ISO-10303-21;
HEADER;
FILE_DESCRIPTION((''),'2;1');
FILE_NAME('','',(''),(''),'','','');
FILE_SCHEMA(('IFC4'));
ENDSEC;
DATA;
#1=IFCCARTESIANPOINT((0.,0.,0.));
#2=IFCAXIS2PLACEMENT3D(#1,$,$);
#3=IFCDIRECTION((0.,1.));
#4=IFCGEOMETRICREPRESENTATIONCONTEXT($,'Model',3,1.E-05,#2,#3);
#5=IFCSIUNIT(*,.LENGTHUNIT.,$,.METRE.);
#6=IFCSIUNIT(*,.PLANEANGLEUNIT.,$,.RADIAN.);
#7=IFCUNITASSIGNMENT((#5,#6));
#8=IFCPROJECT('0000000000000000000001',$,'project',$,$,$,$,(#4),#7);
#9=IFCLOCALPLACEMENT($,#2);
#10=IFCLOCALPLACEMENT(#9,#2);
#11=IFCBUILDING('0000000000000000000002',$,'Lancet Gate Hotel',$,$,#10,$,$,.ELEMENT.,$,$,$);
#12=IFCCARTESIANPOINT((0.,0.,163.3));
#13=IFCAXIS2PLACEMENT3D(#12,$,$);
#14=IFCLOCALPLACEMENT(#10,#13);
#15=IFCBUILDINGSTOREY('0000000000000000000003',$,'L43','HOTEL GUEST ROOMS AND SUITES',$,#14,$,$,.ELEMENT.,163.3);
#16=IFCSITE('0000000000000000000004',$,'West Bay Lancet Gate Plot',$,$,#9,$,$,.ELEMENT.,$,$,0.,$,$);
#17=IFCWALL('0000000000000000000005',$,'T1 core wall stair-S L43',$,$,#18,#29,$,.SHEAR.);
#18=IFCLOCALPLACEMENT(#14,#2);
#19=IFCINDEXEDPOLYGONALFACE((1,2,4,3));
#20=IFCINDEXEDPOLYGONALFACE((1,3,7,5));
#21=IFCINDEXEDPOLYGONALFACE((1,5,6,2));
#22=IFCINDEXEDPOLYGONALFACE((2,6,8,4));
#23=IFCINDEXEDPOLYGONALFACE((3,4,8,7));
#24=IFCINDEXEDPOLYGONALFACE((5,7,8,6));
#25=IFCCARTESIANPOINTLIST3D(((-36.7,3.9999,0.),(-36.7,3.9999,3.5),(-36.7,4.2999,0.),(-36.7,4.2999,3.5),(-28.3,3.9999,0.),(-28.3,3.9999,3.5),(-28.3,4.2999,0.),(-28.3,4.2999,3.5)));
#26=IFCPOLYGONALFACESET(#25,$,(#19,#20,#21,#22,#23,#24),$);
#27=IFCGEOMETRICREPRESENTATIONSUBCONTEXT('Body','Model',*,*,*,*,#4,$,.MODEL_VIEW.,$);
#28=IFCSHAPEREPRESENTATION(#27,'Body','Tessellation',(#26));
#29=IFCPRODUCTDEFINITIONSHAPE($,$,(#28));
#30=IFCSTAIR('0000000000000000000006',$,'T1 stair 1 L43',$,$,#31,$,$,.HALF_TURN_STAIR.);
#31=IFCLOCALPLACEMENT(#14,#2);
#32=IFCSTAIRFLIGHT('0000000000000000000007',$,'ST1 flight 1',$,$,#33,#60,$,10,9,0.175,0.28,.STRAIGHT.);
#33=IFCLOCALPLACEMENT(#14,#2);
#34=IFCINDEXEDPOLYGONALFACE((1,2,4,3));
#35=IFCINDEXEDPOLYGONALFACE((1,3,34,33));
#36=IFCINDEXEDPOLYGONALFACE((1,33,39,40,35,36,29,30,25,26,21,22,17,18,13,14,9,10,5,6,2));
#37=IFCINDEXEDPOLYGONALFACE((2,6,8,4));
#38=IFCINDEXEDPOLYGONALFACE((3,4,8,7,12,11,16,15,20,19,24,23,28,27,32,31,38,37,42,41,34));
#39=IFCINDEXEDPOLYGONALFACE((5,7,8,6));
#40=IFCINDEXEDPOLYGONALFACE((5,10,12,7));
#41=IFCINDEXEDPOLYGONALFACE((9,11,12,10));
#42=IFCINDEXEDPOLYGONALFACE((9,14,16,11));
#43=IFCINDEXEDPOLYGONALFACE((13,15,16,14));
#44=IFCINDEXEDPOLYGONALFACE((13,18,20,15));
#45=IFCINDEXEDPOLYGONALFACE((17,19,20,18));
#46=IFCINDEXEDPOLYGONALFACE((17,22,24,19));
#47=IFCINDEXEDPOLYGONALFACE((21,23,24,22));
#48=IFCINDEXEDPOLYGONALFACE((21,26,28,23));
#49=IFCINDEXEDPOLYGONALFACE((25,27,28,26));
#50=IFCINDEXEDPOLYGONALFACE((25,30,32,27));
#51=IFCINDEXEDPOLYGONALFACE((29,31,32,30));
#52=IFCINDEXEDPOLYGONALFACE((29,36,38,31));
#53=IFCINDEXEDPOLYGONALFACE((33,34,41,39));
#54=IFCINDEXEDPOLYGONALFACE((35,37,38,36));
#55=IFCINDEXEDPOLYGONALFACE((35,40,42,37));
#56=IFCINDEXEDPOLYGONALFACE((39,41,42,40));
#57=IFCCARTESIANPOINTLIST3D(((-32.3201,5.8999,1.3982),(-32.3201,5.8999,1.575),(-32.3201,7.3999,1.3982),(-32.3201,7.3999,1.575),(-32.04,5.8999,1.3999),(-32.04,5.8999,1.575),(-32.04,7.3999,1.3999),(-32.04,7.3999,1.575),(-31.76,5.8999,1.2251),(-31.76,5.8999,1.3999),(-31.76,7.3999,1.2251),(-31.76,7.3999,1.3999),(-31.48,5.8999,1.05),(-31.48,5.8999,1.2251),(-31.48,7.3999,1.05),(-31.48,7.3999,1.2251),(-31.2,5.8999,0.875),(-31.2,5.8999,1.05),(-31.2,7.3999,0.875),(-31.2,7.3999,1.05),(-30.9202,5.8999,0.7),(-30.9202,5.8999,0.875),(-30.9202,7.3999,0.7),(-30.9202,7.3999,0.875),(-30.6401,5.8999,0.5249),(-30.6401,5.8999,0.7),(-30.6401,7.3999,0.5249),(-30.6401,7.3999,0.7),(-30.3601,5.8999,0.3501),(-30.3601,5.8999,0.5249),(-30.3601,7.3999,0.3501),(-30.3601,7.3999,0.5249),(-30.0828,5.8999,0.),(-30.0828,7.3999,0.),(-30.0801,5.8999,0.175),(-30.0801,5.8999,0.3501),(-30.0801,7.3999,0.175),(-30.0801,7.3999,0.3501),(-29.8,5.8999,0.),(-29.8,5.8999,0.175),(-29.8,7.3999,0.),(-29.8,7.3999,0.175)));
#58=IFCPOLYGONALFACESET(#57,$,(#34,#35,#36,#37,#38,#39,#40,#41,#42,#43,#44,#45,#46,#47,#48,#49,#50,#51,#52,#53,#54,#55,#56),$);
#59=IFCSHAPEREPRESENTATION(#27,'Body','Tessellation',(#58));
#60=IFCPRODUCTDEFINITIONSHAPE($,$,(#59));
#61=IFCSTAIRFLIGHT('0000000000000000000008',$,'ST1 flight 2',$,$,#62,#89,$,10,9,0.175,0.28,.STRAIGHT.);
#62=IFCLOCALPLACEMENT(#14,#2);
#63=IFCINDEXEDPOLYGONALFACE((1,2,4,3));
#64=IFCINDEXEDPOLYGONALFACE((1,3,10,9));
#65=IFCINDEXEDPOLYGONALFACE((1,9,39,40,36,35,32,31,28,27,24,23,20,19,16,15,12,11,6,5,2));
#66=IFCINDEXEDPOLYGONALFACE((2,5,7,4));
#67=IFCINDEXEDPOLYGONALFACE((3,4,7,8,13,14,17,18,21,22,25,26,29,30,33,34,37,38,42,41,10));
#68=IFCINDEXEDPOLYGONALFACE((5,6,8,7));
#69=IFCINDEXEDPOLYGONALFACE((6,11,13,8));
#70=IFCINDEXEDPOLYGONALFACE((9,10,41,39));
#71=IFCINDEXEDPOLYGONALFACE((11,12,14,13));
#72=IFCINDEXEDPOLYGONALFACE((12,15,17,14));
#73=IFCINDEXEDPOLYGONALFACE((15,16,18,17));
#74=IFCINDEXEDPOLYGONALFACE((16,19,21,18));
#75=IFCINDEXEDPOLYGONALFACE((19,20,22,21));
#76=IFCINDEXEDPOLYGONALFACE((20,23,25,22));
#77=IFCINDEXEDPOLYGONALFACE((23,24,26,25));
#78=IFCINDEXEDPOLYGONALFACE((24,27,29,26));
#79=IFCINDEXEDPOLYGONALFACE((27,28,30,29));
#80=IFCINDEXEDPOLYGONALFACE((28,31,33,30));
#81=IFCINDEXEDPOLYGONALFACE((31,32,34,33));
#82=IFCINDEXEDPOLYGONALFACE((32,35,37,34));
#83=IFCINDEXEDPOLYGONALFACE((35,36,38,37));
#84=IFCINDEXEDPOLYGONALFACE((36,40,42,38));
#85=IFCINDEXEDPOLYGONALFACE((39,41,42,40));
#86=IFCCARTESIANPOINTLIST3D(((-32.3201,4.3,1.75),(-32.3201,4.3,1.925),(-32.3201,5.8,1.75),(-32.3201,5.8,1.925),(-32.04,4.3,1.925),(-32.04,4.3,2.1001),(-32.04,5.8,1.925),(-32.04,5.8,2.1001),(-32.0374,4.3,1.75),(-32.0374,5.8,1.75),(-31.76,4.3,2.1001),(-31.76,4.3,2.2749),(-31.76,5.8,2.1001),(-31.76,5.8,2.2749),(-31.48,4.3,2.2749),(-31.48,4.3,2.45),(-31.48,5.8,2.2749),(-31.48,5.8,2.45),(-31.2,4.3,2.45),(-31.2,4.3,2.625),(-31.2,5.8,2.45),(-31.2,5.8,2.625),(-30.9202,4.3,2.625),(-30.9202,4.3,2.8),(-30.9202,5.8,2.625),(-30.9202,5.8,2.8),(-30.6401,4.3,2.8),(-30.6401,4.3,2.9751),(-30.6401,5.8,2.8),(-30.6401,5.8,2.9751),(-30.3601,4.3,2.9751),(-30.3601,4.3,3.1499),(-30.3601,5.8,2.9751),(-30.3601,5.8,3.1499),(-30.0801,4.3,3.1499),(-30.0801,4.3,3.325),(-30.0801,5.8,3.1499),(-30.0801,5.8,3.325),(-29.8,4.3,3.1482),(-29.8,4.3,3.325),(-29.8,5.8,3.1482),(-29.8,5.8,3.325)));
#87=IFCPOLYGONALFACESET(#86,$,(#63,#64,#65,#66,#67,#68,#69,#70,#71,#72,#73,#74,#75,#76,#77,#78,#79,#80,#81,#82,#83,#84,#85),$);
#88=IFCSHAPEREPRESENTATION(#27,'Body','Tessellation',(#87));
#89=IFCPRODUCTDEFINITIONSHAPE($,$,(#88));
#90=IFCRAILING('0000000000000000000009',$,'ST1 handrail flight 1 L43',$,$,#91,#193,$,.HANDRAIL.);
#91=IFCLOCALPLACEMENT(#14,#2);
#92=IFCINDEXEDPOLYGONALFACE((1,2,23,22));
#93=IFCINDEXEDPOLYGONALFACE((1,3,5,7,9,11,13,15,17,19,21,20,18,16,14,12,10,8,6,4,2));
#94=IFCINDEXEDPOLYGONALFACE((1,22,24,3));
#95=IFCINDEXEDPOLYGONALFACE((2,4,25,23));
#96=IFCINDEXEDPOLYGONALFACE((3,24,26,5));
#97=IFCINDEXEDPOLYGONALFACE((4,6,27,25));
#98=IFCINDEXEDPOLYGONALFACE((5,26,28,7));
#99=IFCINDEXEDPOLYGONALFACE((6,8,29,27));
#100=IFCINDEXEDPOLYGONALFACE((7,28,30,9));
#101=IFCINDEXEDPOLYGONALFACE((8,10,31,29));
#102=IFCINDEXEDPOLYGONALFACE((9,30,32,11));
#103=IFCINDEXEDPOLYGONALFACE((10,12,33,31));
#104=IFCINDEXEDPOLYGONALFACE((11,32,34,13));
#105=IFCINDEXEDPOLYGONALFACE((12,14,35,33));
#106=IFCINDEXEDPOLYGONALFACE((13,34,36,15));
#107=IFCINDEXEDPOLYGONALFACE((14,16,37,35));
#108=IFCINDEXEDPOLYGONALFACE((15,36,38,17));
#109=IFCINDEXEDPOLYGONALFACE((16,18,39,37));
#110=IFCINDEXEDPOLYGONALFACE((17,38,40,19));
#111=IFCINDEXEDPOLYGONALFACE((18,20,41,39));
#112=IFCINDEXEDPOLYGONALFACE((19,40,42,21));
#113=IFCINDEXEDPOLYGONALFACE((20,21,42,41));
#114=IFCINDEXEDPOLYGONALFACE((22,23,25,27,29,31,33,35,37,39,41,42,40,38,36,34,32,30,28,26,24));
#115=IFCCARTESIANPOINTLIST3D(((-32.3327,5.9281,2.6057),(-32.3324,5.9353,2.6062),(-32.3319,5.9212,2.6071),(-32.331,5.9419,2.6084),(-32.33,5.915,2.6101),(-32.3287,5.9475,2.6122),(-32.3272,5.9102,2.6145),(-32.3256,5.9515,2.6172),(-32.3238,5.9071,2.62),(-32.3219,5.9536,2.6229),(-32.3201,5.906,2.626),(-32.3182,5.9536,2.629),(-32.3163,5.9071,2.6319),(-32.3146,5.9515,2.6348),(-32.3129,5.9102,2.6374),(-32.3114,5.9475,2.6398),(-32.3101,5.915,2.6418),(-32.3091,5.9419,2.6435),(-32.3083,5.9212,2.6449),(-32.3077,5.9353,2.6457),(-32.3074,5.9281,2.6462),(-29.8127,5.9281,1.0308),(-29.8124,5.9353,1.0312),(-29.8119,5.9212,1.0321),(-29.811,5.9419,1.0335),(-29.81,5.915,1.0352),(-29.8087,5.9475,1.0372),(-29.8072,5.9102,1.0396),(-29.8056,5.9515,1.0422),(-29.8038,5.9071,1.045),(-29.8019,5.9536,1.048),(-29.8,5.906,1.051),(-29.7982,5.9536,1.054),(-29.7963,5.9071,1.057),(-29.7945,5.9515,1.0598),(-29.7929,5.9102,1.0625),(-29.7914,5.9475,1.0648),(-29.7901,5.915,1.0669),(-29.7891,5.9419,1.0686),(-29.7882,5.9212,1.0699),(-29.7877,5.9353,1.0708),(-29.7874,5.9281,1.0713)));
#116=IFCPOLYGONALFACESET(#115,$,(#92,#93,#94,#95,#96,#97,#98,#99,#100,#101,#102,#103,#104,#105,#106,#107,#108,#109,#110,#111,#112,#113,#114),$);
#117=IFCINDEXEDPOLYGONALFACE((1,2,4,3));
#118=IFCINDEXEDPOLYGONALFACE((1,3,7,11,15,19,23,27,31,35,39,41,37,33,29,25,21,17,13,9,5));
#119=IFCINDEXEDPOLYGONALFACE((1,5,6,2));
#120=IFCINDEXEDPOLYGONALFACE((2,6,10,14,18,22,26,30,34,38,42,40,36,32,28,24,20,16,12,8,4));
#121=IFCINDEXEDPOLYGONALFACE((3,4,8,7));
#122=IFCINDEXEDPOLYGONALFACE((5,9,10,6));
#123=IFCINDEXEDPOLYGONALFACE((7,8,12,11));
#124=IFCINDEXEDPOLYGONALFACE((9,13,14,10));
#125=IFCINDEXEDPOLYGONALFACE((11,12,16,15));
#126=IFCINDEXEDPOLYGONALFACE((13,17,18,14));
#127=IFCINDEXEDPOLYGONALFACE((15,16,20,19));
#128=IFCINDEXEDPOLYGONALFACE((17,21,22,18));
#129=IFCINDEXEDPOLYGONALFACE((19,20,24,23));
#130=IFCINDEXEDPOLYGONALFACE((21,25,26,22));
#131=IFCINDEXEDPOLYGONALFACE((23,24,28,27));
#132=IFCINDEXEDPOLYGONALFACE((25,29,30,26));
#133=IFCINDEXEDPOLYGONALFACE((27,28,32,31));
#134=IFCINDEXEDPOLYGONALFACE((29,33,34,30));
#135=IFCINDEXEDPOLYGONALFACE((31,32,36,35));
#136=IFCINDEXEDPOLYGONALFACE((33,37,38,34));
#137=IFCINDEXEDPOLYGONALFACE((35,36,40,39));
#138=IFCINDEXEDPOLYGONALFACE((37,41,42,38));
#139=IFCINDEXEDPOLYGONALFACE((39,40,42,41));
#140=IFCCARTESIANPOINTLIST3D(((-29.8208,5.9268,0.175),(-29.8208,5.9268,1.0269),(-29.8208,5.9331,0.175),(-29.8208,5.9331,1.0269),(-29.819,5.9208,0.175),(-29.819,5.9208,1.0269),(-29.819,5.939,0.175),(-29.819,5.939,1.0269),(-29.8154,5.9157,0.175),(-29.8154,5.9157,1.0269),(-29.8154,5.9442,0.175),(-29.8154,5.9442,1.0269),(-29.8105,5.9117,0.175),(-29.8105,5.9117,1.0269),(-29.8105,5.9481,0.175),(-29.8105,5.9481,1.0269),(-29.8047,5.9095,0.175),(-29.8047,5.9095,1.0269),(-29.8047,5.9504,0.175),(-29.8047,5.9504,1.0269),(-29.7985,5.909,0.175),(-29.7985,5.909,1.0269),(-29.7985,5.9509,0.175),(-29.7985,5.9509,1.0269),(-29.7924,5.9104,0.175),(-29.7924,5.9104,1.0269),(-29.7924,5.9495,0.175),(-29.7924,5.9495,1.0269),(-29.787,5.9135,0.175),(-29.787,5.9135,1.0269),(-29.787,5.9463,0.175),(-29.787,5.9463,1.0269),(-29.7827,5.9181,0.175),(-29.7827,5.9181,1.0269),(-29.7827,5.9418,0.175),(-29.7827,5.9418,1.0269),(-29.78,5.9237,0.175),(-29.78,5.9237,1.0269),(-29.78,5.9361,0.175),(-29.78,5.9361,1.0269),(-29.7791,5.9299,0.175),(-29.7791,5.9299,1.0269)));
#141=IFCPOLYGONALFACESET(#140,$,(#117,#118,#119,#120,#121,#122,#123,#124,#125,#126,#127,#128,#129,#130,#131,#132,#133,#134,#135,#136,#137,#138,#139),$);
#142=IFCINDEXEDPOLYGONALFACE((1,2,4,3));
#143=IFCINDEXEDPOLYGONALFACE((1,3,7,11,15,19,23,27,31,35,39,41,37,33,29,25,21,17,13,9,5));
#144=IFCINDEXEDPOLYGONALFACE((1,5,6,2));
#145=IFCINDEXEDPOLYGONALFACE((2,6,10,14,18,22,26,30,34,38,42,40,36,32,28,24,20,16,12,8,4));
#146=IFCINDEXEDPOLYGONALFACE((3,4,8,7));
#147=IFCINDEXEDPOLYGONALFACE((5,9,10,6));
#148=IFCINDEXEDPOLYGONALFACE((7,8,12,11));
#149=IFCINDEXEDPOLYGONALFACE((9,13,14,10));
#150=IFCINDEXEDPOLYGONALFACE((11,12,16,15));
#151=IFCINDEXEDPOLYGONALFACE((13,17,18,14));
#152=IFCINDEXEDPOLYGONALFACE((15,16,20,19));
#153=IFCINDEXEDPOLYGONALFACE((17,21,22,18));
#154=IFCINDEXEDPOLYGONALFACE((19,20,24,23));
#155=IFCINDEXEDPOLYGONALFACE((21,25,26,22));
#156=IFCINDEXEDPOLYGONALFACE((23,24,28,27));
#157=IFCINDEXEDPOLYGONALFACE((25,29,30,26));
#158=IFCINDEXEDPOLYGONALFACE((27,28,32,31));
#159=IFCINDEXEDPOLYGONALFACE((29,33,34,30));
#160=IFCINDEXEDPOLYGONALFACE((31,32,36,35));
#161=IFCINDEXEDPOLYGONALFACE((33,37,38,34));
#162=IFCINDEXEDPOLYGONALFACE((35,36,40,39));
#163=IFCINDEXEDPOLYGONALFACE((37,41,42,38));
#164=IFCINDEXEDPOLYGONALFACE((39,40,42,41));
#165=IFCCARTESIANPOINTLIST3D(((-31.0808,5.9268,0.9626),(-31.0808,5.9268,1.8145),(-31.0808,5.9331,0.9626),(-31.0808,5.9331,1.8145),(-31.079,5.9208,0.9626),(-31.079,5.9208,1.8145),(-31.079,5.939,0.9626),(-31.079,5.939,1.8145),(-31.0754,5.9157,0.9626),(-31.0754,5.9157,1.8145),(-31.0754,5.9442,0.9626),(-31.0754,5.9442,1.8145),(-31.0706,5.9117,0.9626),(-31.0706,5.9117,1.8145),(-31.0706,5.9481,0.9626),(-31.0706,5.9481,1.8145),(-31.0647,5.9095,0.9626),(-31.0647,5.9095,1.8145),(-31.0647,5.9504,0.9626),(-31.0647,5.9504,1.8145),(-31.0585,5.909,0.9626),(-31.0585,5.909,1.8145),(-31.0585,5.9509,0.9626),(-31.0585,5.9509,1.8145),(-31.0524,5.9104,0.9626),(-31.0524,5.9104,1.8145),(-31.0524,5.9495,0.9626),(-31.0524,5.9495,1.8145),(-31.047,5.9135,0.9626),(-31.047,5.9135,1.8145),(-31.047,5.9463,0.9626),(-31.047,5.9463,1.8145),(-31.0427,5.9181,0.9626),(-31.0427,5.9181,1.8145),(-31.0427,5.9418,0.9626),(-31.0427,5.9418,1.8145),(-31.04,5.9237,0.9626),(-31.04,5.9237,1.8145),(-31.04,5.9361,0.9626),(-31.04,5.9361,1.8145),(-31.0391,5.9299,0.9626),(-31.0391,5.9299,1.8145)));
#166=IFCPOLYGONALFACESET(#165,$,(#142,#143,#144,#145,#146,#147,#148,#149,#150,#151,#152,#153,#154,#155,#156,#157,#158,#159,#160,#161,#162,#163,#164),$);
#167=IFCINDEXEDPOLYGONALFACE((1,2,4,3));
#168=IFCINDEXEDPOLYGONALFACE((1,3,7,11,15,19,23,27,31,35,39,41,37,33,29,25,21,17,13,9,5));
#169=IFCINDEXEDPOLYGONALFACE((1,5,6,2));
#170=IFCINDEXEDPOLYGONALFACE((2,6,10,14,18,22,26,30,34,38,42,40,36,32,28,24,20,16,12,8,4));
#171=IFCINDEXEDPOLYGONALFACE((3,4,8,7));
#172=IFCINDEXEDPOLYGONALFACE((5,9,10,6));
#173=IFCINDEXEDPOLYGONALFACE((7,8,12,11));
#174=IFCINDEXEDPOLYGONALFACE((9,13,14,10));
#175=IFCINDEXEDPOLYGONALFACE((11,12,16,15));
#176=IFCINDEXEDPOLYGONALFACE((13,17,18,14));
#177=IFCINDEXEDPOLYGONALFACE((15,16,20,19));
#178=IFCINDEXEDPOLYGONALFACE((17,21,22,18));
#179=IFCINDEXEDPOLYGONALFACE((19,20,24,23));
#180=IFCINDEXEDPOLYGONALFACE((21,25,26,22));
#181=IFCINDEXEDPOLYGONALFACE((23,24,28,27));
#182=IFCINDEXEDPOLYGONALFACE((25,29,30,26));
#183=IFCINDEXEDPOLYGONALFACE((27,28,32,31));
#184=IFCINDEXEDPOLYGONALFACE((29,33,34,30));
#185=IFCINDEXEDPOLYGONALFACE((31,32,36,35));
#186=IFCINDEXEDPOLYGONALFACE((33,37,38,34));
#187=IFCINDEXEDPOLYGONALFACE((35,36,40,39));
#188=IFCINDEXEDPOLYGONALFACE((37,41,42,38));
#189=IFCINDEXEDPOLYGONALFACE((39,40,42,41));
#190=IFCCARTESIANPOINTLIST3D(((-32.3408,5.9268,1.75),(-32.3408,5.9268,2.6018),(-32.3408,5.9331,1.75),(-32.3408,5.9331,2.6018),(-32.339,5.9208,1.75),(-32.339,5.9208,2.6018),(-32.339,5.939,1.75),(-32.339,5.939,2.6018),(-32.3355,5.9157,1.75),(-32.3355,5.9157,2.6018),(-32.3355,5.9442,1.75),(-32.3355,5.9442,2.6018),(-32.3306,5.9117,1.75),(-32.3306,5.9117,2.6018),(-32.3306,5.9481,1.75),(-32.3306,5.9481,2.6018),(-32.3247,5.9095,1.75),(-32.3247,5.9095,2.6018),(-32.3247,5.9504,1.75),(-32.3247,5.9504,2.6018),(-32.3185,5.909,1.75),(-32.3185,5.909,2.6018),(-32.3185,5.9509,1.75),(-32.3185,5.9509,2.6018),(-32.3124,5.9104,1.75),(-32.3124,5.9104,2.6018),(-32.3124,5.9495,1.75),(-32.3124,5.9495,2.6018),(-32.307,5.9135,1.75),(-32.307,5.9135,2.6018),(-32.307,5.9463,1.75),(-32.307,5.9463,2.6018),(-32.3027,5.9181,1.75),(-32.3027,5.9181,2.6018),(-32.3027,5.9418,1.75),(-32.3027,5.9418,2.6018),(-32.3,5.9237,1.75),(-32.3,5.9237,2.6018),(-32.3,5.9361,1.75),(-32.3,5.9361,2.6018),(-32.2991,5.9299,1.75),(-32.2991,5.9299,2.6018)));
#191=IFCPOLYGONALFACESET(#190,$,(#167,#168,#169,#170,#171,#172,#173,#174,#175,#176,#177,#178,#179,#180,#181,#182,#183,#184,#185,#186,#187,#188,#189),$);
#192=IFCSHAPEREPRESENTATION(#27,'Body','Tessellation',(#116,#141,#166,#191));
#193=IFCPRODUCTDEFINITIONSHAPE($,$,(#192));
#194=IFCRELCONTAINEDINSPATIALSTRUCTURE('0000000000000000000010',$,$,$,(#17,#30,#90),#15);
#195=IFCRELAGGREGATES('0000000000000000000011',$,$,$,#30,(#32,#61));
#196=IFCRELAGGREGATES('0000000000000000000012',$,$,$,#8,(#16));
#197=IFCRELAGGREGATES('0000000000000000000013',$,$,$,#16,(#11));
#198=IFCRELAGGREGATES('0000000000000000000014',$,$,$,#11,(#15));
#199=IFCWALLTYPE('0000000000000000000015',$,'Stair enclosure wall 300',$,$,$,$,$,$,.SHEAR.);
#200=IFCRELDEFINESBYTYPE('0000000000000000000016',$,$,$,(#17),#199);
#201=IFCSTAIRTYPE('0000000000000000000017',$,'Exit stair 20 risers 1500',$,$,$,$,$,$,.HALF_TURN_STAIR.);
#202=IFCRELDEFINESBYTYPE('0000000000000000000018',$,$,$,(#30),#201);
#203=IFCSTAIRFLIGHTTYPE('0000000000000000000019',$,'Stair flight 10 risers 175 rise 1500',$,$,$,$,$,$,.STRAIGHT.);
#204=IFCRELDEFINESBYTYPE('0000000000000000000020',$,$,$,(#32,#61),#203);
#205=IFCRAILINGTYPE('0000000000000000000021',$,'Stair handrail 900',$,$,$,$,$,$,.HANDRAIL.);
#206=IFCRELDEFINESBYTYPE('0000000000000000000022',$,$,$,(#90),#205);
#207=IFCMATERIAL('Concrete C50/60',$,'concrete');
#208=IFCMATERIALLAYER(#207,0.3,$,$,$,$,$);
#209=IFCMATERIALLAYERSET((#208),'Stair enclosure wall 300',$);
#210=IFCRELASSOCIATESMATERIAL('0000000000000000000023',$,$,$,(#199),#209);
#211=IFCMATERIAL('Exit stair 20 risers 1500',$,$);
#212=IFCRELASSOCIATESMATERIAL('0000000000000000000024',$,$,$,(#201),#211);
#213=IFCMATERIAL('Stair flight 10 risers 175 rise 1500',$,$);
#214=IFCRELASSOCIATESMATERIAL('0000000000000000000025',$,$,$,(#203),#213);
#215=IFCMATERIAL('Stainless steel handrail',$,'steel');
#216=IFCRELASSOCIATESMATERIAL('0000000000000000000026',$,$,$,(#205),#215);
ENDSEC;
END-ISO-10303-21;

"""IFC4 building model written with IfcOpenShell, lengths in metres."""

from ifc_helpers import new_model, si_unit, direction, frame, frame_2d, origin, origin_2d, place, context, subcontext, project, spatial, polyline, rectangle, circle, outline, extrude, material, layer, layer_set, type_object, element, aggregate, save


model = new_model("IFC4")

# Units and contexts
model_context = context("Model", 3, precision=1e-05, world=origin(), true_north=direction((0.0, 1.0)))
body_context = subcontext(model_context, "Body", "Model", "MODEL_VIEW")
ifc_project = project(units=[si_unit("LENGTHUNIT", "METRE"), si_unit("PLANEANGLEUNIT", "RADIAN")], contexts=[model_context])

# Site, building, storey
site_placement = place(None, origin())
site = spatial("IfcSite", under=ifc_project, at=site_placement, Name="West Bay Lancet Gate Plot", CompositionType="ELEMENT", RefElevation=0.0)
building_placement = place(site_placement, origin())
building = spatial("IfcBuilding", under=site, at=building_placement, Name="Lancet Gate Hotel", CompositionType="ELEMENT")
storey_placement = place(building_placement, frame((0.0, 0.0, 163.3)))
storey = spatial("IfcBuildingStorey", under=building, at=storey_placement, Name="L43", Description="HOTEL GUEST ROOMS AND SUITES", CompositionType="ELEMENT", Elevation=163.3)

# Wall
ifc_material_1 = material(Name="Concrete C50/60", Category="concrete")
ifc_layer_1 = layer(ifc_material_1, 0.3)
ifc_layer_set_1 = layer_set([ifc_layer_1], Name="Stair enclosure wall 300")
wall_type_1 = type_object("IfcWallType", Name="Stair enclosure wall 300", PredefinedType="SHEAR", material=ifc_layer_set_1)
wall_1_placement = place(storey_placement, frame((-28.3, 4.1499, 0.0), z_axis=(0.0, 0.0, 1.0), x_axis=(-1.0, 0.0, 0.0)))
element("IfcWall", 1, at=wall_1_placement, inside=storey, type_object=wall_type_1, Name="T1 core wall stair-S L43", PredefinedType="SHEAR", context=body_context, shape_type="SweptSolid", body=[
    extrude(rectangle(XDim=8.3999, YDim=0.3, at=frame_2d((4.2, 0.0))), origin(), (0.0, 0.0, 1.0), 3.5),
])

# Stair, stair flights
ifc_material_2 = material(Name="Exit stair 20 risers 1500")
stair_type = type_object("IfcStairType", Name="Exit stair 20 risers 1500", PredefinedType="HALF_TURN_STAIR", material=ifc_material_2)
stair_placement = place(storey_placement, origin())
stair = element("IfcStair", 2, at=stair_placement, inside=storey, type_object=stair_type, Name="T1 stair 1 L43", PredefinedType="HALF_TURN_STAIR")
ifc_material_3 = material(Name="Stair flight 10 risers 175 rise 1500")
stair_flight_type = type_object("IfcStairFlightType", Name="Stair flight 10 risers 175 rise 1500", PredefinedType="STRAIGHT", material=ifc_material_3)
stair_flight_1_placement = place(storey_placement, frame((-29.8, 6.6499, 0.0), z_axis=(0.0, 0.0, 1.0), x_axis=(-1.0, 0.0, 0.0)))
stair_flight_1 = element("IfcStairFlight", 3, at=stair_flight_1_placement, type_object=stair_flight_type, Name="ST1 flight 1", NumberOfRisers=10, NumberOfTreads=9, PredefinedType="STRAIGHT", RiserHeight=0.175, TreadLength=0.28, context=body_context, shape_type="SweptSolid", body=[
    extrude(outline(polyline([(0.0, 0.0), (0.0, 0.175), (0.28, 0.175), (0.28, 0.3501), (0.5601, 0.3501), (0.5601, 0.5249), (0.8401, 0.5249), (0.8401, 0.7), (1.1201, 0.7), (1.1201, 0.875), (1.3999, 0.875), (1.3999, 1.05), (1.6799, 1.05), (1.6799, 1.2251), (1.96, 1.2251), (1.96, 1.3999), (2.24, 1.3999), (2.24, 1.575), (2.52, 1.575), (2.52, 1.75), (2.52, 1.3982), (0.2827, 0.0), (0.0, 0.0)])), frame((0.0, 0.75, 0.0), z_axis=(0.0, -1.0, 0.0), x_axis=(1.0, 0.0, 0.0)), (0.0, 0.0, 1.0), 1.5),
])
stair_flight_2_placement = place(storey_placement, frame((-32.3201, 5.05, 1.75), z_axis=(0.0, 0.0, 1.0), x_axis=(1.0, 0.0, 0.0)))
stair_flight_2 = element("IfcStairFlight", 4, at=stair_flight_2_placement, type_object=stair_flight_type, Name="ST1 flight 2", NumberOfRisers=10, NumberOfTreads=9, PredefinedType="STRAIGHT", RiserHeight=0.175, TreadLength=0.28, context=body_context, shape_type="SweptSolid", body=[
    extrude(outline(polyline([(0.0, 0.0), (0.0, 0.175), (0.28, 0.175), (0.28, 0.3501), (0.5601, 0.3501), (0.5601, 0.5249), (0.8401, 0.5249), (0.8401, 0.7), (1.1201, 0.7), (1.1201, 0.875), (1.3999, 0.875), (1.3999, 1.05), (1.6799, 1.05), (1.6799, 1.2251), (1.96, 1.2251), (1.96, 1.3999), (2.24, 1.3999), (2.24, 1.575), (2.52, 1.575), (2.52, 1.75), (2.52, 1.3982), (0.2827, 0.0), (0.0, 0.0)])), frame((0.0, 0.75, 0.0), z_axis=(0.0, -1.0, 0.0), x_axis=(1.0, 0.0, 0.0)), (0.0, 0.0, 1.0), 1.5),
])
aggregate(stair, [stair_flight_1, stair_flight_2])

# Railing
ifc_material_4 = material(Name="Stainless steel handrail", Category="steel")
railing_type = type_object("IfcRailingType", Name="Stair handrail 900", PredefinedType="HANDRAIL", material=ifc_material_4)
railing_1_placement = place(storey_placement, frame((-29.8, 5.9299, 0.175)))
element("IfcRailing", 5, at=railing_1_placement, inside=storey, type_object=railing_type, Name="ST1 handrail flight 1 L43", PredefinedType="HANDRAIL", context=body_context, shape_type="SweptSolid", body=[
    extrude(circle(Radius=0.0239, at=origin_2d()), frame((0.0, 0.0, 0.876), z_axis=(-0.848008, 0.0, 0.529984), x_axis=(0.0, -1.0, 0.0)), (0.0, 0.0, 1.0), 2.9717),
    extrude(circle(Radius=0.021, at=origin_2d()), origin(), (0.0, 0.0, 1.0), 0.8518),
    extrude(circle(Radius=0.021, at=origin_2d()), frame((-1.26, 0.0, 0.7876)), (0.0, 0.0, 1.0), 0.8518),
    extrude(circle(Radius=0.021, at=origin_2d()), frame((-2.52, 0.0, 1.575)), (0.0, 0.0, 1.0), 0.8518),
])

save(model, "model.ifc")
